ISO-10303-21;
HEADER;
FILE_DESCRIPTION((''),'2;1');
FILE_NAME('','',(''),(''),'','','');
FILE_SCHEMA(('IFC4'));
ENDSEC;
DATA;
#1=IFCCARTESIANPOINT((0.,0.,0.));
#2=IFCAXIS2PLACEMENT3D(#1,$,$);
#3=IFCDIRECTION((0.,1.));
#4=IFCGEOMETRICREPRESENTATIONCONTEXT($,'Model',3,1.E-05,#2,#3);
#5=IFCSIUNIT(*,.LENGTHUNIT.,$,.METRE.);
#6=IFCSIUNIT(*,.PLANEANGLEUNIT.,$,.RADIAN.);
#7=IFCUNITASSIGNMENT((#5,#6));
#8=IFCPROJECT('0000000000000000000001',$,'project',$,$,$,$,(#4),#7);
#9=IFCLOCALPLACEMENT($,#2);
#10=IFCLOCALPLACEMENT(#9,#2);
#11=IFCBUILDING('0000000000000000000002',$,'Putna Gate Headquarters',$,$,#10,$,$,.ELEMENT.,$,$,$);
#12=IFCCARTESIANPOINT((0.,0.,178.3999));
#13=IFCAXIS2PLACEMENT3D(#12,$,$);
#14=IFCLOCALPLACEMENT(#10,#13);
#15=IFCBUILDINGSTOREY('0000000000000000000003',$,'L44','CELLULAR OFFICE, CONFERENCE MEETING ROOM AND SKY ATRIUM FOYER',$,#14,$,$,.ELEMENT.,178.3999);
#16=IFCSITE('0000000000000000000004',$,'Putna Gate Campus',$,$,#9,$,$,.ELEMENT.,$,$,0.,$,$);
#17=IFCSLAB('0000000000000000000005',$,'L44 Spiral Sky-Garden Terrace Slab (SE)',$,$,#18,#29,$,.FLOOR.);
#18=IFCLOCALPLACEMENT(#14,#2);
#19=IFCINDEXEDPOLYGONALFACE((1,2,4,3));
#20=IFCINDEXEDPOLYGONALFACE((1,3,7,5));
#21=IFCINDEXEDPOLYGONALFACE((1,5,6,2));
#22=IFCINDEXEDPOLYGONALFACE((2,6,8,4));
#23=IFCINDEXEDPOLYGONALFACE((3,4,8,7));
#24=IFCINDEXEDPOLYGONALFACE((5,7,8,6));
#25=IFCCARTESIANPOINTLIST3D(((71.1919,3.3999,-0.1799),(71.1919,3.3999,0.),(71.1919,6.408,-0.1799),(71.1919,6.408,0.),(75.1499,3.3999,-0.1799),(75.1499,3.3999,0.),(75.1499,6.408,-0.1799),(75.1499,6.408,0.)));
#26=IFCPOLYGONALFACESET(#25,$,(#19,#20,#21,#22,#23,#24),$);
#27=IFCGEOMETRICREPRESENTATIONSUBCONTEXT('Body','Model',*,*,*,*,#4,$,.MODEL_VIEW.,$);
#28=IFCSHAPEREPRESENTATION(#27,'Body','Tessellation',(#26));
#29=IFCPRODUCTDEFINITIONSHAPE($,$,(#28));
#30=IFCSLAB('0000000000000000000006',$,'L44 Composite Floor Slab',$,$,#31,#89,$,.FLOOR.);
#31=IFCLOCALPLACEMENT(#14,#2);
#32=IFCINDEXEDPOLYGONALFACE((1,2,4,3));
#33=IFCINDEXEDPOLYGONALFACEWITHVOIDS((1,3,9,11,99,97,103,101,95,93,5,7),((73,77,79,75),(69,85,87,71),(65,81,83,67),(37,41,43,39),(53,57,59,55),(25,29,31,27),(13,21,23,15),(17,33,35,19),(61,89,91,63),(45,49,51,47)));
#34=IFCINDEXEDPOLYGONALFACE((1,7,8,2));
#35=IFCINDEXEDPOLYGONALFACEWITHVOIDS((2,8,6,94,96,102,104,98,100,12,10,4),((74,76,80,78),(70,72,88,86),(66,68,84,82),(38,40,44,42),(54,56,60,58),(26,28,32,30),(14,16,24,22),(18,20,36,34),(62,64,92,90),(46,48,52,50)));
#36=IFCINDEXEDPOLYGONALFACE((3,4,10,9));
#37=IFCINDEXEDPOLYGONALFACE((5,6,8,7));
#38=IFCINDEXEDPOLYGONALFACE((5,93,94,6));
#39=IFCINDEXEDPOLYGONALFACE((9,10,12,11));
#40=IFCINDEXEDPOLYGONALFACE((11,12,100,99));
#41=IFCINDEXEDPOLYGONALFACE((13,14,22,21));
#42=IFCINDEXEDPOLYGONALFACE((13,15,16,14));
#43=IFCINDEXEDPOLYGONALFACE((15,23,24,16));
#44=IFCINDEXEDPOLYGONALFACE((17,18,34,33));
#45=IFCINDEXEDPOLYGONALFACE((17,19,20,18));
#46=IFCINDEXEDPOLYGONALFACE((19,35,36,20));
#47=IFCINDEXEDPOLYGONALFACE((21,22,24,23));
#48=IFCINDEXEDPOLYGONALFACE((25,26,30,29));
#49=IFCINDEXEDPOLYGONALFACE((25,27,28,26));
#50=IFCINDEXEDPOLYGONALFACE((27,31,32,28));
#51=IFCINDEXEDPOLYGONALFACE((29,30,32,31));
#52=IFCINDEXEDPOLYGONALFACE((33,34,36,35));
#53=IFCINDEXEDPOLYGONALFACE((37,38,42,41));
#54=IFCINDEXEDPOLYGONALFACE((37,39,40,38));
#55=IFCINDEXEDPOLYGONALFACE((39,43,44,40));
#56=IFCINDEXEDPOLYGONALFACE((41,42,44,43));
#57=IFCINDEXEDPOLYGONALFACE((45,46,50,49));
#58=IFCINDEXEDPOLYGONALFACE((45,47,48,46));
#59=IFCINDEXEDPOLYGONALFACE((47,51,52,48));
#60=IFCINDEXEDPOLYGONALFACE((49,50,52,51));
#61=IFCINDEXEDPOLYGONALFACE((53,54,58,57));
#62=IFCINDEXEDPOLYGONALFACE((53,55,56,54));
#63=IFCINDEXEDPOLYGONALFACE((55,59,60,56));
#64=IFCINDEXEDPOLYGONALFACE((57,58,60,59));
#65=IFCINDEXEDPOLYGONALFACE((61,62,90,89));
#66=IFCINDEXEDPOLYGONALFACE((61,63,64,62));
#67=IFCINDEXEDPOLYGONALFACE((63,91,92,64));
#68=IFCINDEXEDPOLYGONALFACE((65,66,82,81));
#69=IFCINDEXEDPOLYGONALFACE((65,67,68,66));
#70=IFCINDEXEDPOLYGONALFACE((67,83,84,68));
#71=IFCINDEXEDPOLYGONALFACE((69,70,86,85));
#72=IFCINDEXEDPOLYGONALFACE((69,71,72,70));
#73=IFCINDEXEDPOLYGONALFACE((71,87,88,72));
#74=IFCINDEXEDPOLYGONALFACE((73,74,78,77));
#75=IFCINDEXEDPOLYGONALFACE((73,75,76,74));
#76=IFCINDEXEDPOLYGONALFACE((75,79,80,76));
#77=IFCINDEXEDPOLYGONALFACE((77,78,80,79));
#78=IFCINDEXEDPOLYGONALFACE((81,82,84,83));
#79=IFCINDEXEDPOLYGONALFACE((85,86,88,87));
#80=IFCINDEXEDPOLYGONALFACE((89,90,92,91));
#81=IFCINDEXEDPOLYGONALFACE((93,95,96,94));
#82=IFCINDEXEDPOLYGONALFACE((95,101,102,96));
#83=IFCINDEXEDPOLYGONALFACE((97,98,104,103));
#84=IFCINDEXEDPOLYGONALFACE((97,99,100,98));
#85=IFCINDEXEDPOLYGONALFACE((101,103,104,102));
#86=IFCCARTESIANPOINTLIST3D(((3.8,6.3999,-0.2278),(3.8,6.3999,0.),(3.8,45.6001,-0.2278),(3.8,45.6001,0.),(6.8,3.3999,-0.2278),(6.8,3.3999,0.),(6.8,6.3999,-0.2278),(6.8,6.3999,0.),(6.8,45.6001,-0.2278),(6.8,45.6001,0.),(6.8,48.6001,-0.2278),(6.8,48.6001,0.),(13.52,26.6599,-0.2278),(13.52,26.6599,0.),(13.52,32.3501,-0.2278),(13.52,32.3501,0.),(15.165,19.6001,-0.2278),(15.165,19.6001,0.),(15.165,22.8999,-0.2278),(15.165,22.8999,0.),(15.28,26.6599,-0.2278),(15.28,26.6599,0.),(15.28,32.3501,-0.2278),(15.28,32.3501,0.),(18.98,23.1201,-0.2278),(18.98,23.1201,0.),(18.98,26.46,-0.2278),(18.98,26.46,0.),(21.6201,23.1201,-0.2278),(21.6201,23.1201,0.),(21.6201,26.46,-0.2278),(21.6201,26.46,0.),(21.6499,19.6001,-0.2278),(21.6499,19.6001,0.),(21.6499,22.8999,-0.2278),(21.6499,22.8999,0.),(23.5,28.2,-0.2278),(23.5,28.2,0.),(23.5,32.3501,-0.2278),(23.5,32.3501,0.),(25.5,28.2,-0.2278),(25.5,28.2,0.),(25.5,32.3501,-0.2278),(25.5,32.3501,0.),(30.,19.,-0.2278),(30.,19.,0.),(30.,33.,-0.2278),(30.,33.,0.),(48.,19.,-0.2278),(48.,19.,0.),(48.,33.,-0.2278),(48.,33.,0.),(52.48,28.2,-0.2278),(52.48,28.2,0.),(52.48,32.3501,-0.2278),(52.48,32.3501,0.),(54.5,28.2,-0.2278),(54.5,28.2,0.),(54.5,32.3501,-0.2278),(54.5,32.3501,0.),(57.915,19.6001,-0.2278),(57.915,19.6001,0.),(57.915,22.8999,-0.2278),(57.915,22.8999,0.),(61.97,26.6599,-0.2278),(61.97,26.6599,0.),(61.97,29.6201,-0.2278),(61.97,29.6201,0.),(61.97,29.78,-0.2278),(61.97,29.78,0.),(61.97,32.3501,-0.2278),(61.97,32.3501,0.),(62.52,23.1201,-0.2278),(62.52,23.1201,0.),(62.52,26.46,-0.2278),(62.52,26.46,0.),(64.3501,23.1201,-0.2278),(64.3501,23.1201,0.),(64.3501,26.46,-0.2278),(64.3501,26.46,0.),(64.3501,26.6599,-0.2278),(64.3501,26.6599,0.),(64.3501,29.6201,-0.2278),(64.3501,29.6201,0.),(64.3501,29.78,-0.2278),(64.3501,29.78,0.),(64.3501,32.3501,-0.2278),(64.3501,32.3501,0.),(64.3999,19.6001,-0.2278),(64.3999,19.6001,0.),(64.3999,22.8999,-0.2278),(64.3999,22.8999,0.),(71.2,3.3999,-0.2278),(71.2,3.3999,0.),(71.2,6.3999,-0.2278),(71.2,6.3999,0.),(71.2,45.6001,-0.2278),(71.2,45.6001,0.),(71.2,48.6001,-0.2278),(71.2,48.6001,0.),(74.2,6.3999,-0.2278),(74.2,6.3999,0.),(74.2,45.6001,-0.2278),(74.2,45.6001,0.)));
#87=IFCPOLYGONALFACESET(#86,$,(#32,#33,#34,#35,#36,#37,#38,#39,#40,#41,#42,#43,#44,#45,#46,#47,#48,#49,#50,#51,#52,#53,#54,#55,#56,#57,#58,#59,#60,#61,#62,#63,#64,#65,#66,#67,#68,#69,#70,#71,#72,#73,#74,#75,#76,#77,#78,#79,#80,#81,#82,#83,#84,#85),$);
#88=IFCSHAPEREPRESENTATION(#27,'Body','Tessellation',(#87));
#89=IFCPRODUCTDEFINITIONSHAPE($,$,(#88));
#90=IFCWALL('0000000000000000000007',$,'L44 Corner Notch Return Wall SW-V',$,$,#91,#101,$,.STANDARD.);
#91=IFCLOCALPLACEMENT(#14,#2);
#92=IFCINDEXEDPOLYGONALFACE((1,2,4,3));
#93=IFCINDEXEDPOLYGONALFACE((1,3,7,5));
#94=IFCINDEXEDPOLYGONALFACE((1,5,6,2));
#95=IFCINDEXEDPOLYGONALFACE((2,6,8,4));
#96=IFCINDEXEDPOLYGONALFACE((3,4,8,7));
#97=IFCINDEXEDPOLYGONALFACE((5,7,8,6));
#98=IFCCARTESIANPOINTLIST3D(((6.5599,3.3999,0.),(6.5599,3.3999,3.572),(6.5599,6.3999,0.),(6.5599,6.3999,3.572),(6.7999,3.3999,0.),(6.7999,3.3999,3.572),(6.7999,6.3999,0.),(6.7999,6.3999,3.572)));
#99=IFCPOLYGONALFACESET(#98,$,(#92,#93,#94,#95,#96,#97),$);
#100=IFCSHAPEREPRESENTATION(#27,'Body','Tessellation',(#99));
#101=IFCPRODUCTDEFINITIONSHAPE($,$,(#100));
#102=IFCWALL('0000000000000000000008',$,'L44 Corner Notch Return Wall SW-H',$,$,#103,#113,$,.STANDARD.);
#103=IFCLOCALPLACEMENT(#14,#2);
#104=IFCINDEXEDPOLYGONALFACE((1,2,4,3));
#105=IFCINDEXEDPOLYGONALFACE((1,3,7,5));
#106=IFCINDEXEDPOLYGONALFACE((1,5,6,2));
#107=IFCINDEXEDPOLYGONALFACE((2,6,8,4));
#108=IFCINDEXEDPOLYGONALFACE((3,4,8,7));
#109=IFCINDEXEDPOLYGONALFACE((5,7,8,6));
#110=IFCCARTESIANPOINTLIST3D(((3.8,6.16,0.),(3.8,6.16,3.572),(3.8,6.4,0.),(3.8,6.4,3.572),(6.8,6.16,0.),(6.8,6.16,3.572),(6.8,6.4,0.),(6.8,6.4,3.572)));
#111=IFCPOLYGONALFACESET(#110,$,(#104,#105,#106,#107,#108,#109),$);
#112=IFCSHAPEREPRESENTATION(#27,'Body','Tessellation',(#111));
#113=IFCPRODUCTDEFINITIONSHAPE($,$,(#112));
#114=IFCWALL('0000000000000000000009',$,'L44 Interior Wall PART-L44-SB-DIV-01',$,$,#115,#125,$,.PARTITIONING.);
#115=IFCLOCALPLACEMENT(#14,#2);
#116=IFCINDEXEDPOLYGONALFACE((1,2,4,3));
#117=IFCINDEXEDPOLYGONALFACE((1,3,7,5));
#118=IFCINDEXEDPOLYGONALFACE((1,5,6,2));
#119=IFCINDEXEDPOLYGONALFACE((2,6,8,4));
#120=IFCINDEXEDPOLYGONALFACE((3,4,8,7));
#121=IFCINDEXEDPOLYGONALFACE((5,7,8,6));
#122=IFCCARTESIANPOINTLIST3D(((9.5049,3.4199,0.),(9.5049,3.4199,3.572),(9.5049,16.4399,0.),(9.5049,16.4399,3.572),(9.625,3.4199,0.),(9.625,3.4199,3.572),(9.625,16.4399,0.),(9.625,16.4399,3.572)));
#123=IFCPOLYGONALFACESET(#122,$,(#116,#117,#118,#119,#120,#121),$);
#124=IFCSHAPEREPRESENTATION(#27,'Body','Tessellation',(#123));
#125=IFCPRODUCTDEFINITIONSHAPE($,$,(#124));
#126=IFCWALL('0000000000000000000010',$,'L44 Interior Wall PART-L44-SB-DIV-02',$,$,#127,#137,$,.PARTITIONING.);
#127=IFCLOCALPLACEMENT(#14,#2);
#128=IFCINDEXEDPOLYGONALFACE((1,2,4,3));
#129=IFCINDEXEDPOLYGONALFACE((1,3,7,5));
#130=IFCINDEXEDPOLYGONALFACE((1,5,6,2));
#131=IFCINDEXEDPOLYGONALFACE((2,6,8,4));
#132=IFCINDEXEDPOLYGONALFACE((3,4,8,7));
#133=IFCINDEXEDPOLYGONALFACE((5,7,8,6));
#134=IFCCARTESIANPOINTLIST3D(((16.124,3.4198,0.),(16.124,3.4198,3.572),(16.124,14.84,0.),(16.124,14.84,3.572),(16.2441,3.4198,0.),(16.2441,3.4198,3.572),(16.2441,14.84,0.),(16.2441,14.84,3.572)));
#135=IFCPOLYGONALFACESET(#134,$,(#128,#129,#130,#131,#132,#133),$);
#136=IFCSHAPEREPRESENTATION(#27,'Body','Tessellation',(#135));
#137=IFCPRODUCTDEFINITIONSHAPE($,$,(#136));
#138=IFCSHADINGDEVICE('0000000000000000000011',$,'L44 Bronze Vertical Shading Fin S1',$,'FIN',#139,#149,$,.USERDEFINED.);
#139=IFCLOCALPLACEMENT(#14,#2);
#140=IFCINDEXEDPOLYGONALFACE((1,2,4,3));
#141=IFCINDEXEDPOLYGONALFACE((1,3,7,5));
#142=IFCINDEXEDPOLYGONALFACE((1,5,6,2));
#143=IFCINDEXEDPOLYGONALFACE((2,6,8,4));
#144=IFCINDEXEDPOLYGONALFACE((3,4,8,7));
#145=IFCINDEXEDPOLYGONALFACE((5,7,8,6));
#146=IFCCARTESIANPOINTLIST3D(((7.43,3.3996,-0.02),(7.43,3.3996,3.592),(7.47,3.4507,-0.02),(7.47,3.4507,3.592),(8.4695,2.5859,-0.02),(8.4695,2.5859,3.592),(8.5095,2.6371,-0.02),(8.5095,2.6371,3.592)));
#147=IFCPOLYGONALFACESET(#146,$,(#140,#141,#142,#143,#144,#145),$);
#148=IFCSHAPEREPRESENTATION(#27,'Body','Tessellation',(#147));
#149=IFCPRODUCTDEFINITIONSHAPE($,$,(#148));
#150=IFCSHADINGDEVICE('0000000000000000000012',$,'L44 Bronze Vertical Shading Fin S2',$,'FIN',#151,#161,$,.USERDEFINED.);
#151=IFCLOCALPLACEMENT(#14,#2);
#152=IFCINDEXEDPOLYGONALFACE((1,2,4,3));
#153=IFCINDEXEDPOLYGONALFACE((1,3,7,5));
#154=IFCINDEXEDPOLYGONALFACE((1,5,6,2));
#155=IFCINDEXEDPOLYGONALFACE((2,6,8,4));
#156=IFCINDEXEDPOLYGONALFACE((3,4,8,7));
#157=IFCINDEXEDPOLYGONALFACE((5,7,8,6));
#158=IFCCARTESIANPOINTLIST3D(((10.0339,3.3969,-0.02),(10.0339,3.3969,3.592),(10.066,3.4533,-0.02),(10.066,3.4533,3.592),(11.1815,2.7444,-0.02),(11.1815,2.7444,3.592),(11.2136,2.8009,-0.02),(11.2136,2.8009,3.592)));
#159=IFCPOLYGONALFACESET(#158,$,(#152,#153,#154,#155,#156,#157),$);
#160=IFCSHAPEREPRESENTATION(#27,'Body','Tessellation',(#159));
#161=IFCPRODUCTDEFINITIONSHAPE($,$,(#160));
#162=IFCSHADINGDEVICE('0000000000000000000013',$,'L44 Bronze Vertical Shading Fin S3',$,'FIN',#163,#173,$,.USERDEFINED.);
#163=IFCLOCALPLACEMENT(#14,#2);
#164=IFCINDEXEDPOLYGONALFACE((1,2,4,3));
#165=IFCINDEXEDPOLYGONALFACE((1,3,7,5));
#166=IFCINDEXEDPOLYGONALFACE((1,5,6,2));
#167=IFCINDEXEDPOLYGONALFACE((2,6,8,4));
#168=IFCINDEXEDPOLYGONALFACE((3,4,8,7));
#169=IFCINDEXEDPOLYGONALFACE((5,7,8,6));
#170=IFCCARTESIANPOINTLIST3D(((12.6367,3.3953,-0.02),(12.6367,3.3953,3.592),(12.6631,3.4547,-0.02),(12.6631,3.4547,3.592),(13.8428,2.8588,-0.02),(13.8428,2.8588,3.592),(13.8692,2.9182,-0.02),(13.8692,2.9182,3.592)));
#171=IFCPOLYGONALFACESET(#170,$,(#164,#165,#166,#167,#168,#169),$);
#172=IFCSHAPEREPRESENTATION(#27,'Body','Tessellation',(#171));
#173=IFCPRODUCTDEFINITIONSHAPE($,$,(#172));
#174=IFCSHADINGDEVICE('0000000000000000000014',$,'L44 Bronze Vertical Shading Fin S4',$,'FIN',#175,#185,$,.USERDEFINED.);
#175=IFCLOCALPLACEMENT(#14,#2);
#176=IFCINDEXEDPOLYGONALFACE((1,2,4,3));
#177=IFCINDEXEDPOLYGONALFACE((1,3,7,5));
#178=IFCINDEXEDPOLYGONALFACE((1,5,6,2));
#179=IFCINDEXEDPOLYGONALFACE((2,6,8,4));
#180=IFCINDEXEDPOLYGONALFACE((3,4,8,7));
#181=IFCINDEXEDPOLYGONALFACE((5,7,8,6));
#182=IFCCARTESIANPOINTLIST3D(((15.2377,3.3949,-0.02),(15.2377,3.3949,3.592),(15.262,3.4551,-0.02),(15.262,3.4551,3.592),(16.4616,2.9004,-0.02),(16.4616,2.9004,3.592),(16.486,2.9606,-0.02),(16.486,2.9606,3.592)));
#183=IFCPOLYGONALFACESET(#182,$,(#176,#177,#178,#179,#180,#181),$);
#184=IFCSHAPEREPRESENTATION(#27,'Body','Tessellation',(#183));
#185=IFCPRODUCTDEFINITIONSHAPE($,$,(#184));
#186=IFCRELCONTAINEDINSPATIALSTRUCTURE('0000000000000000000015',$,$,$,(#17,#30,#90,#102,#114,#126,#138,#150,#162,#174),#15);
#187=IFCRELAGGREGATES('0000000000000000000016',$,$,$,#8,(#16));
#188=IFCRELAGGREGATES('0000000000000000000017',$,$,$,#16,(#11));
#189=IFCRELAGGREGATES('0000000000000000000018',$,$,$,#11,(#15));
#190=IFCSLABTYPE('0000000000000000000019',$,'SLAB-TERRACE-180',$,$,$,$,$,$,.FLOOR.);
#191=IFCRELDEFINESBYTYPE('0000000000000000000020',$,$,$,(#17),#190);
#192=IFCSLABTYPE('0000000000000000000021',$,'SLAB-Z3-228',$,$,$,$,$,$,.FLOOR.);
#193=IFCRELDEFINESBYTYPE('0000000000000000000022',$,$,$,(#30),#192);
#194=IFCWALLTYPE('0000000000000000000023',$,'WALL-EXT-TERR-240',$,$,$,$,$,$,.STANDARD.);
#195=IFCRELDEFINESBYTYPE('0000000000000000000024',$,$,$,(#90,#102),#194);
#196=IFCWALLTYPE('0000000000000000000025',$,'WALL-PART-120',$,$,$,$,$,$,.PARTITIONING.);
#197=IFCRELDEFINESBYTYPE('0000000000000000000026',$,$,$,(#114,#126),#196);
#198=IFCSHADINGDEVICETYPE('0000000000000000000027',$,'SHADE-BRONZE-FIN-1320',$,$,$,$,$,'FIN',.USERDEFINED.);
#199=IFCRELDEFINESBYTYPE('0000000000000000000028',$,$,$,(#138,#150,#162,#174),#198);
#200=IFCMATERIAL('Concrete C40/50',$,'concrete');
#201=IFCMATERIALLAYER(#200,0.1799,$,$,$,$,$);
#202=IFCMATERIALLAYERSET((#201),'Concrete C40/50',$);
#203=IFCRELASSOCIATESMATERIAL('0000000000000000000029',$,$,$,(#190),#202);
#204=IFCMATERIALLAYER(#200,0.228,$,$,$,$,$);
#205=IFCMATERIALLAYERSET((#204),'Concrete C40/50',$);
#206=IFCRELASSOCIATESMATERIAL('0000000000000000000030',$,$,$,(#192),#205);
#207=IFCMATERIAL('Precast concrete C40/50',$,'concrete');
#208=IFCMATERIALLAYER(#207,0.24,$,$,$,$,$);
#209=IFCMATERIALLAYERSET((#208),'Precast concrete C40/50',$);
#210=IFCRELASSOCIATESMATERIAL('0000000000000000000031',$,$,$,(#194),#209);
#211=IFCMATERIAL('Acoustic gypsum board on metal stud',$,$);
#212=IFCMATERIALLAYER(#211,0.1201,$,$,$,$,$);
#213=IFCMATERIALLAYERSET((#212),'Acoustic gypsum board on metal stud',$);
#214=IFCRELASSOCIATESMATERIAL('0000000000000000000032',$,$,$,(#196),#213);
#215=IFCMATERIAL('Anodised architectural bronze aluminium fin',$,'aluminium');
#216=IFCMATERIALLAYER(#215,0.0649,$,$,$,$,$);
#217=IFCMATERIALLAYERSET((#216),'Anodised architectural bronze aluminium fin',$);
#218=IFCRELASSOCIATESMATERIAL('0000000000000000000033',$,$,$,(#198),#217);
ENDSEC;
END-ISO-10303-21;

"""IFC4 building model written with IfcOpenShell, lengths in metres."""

from ifc_helpers import new_model, si_unit, direction, frame, frame_2d, origin, origin_2d, place, context, subcontext, project, spatial, polyline, rectangle, outline, extrude, material, layer, layer_set, type_object, element, save


model = new_model("IFC4")

# Units and contexts
model_context = context("Model", 3, precision=1e-05, world=origin(), true_north=direction((0.0, 1.0)))
body_context = subcontext(model_context, "Body", "Model", "MODEL_VIEW")
ifc_project = project(units=[si_unit("LENGTHUNIT", "METRE"), si_unit("PLANEANGLEUNIT", "RADIAN")], contexts=[model_context])

# Site, building, storey
site_placement = place(None, origin())
site = spatial("IfcSite", under=ifc_project, at=site_placement, Name="Putna Gate Campus", CompositionType="ELEMENT", RefElevation=0.0)
building_placement = place(site_placement, origin())
building = spatial("IfcBuilding", under=site, at=building_placement, Name="Putna Gate Headquarters", CompositionType="ELEMENT")
storey_placement = place(building_placement, frame((0.0, 0.0, 178.3999)))
storey = spatial("IfcBuildingStorey", under=building, at=storey_placement, Name="L44", Description="CELLULAR OFFICE, CONFERENCE MEETING ROOM AND SKY ATRIUM FOYER", CompositionType="ELEMENT", Elevation=178.3999)

# Shared definitions
ifc_material_1 = material(Name="Concrete C40/50", Category="concrete")

# Slabs
ifc_layer_1 = layer(ifc_material_1, 0.1799)
ifc_layer_set_1 = layer_set([ifc_layer_1], Name="Concrete C40/50")
slab_type_1 = type_object("IfcSlabType", Name="SLAB-TERRACE-180", PredefinedType="FLOOR", material=ifc_layer_set_1)
slab_1_placement = place(storey_placement, frame((0.0, 0.0, -0.1799)))
element("IfcSlab", 1, at=slab_1_placement, inside=storey, type_object=slab_type_1, Name="L44 Spiral Sky-Garden Terrace Slab (SE)", PredefinedType="FLOOR", context=body_context, shape_type="SweptSolid", body=[
    extrude(outline(polyline([(71.1919, 3.3999), (75.1499, 3.3999), (75.1499, 6.408), (71.1919, 6.408), (71.1919, 3.3999)])), origin(), (0.0, 0.0, 1.0), 0.1799),
])
ifc_layer_2 = layer(ifc_material_1, 0.228)
ifc_layer_set_2 = layer_set([ifc_layer_2], Name="Concrete C40/50")
slab_type_2 = type_object("IfcSlabType", Name="SLAB-Z3-228", PredefinedType="FLOOR", material=ifc_layer_set_2)
slab_2_placement = place(storey_placement, frame((0.0, 0.0, -0.2278)))
element("IfcSlab", 2, at=slab_2_placement, inside=storey, type_object=slab_type_2, Name="L44 Composite Floor Slab", PredefinedType="FLOOR", context=body_context, shape_type="SweptSolid", body=[
    extrude(outline(polyline([(6.8, 3.3999), (71.2, 3.3999), (71.2, 6.3999), (74.2, 6.3999), (74.2, 45.6001), (71.2, 45.6001), (71.2, 48.6001), (6.8, 48.6001), (6.8, 45.6001), (3.8, 45.6001), (3.8, 6.3999), (6.8, 6.3999), (6.8, 3.3999)]), holes=[polyline([(15.165, 19.6001), (21.6499, 19.6001), (21.6499, 22.8999), (15.165, 22.8999), (15.165, 19.6001)]), polyline([(57.915, 19.6001), (64.3999, 19.6001), (64.3999, 22.8999), (57.915, 22.8999), (57.915, 19.6001)]), polyline([(13.52, 26.6599), (15.28, 26.6599), (15.28, 32.3501), (13.52, 32.3501), (13.52, 26.6599)]), polyline([(61.97, 29.78), (64.3501, 29.78), (64.3501, 32.3501), (61.97, 32.3501), (61.97, 29.78)]), polyline([(18.98, 23.1201), (21.6201, 23.1201), (21.6201, 26.46), (18.98, 26.46), (18.98, 23.1201)]), polyline([(62.52, 23.1201), (64.3501, 23.1201), (64.3501, 26.46), (62.52, 26.46), (62.52, 23.1201)]), polyline([(61.97, 26.6599), (64.3501, 26.6599), (64.3501, 29.6201), (61.97, 29.6201), (61.97, 26.6599)]), polyline([(23.5, 28.2), (25.5, 28.2), (25.5, 32.3501), (23.5, 32.3501), (23.5, 28.2)]), polyline([(52.48, 28.2), (54.5, 28.2), (54.5, 32.3501), (52.48, 32.3501), (52.48, 28.2)]), polyline([(30.0, 19.0), (48.0, 19.0), (48.0, 33.0), (30.0, 33.0), (30.0, 19.0)])]), origin(), (0.0, 0.0, 1.0), 0.2278),
])

# Walls
ifc_material_2 = material(Name="Precast concrete C40/50", Category="concrete")
ifc_layer_3 = layer(ifc_material_2, 0.24)
ifc_layer_set_3 = layer_set([ifc_layer_3], Name="Precast concrete C40/50")
wall_type_1 = type_object("IfcWallType", Name="WALL-EXT-TERR-240", PredefinedType="STANDARD", material=ifc_layer_set_3)
for number, where, z_axis, x_axis, name in (
    (3, (6.6799, 3.3999, 0.0), (0.0, 0.0, 1.0), (0.0, 1.0, 0.0), "L44 Corner Notch Return Wall SW-V"),
    (4, (6.8, 6.28, 0.0), (0.0, 0.0, 1.0), (-1.0, 0.0, 0.0), "L44 Corner Notch Return Wall SW-H"),
):
    element("IfcWall", number, at=place(storey_placement, frame(where, z_axis=z_axis, x_axis=x_axis)), inside=storey, type_object=wall_type_1, Name=name, PredefinedType="STANDARD", context=body_context, shape_type="SweptSolid", body=[
        extrude(rectangle(XDim=3.0, YDim=0.24, at=frame_2d((1.5, 0.0))), origin(), (0.0, 0.0, 1.0), 3.572),
    ])
ifc_material_3 = material(Name="Acoustic gypsum board on metal stud")
ifc_layer_4 = layer(ifc_material_3, 0.1201)
ifc_layer_set_4 = layer_set([ifc_layer_4], Name="Acoustic gypsum board on metal stud")
wall_type_2 = type_object("IfcWallType", Name="WALL-PART-120", PredefinedType="PARTITIONING", material=ifc_layer_set_4)
wall_1_placement = place(storey_placement, frame((9.5649, 3.4199, 0.0), z_axis=(0.0, 0.0, 1.0), x_axis=(0.0, 1.0, 0.0)))
element("IfcWall", 5, at=wall_1_placement, inside=storey, type_object=wall_type_2, Name="L44 Interior Wall PART-L44-SB-DIV-01", PredefinedType="PARTITIONING", context=body_context, shape_type="SweptSolid", body=[
    extrude(rectangle(XDim=13.02, YDim=0.1201, at=frame_2d((6.51, 0.0))), origin(), (0.0, 0.0, 1.0), 3.572),
])
wall_2_placement = place(storey_placement, frame((16.1841, 3.4199, 0.0), z_axis=(0.0, 0.0, 1.0), x_axis=(0.0, 1.0, 0.0)))
element("IfcWall", 6, at=wall_2_placement, inside=storey, type_object=wall_type_2, Name="L44 Interior Wall PART-L44-SB-DIV-02", PredefinedType="PARTITIONING", context=body_context, shape_type="SweptSolid", body=[
    extrude(rectangle(XDim=11.4202, YDim=0.1201, at=frame_2d((5.71, 0.0))), origin(), (0.0, 0.0, 1.0), 3.572),
])

# Shading devices
ifc_material_4 = material(Name="Anodised architectural bronze aluminium fin", Category="aluminium")
ifc_layer_5 = layer(ifc_material_4, 0.0649)
ifc_layer_set_5 = layer_set([ifc_layer_5], Name="Anodised architectural bronze aluminium fin")
shading_device_type = type_object("IfcShadingDeviceType", Name="SHADE-BRONZE-FIN-1320", ElementType="FIN", PredefinedType="USERDEFINED", material=ifc_layer_set_5)
for number, where, z_axis, x_axis, name in (
    (7, (7.9697, 3.0183, -0.02), (0.0, 0.0, 1.0), (0.787473, -0.616349, 0.0), "L44 Bronze Vertical Shading Fin S1"),
    (8, (10.6238, 3.0989, -0.02), (0.0, 0.0, 1.0), (0.869322, -0.494245, 0.0), "L44 Bronze Vertical Shading Fin S2"),
    (9, (13.2529, 3.1567, -0.02), (0.0, 0.0, 1.0), (0.913687, -0.406418, 0.0), "L44 Bronze Vertical Shading Fin S3"),
    (10, (15.8618, 3.1777, -0.02), (0.0, 0.0, 1.0), (0.927184, -0.374607, 0.0), "L44 Bronze Vertical Shading Fin S4"),
):
    element("IfcShadingDevice", number, at=place(storey_placement, frame(where, z_axis=z_axis, x_axis=x_axis)), inside=storey, type_object=shading_device_type, Name=name, ObjectType="FIN", PredefinedType="USERDEFINED", context=body_context, shape_type="SweptSolid", body=[
        extrude(rectangle(XDim=1.3201, YDim=0.0649, at=origin_2d()), origin(), (0.0, 0.0, 1.0), 3.6121),
    ])

save(model, "model.ifc")
